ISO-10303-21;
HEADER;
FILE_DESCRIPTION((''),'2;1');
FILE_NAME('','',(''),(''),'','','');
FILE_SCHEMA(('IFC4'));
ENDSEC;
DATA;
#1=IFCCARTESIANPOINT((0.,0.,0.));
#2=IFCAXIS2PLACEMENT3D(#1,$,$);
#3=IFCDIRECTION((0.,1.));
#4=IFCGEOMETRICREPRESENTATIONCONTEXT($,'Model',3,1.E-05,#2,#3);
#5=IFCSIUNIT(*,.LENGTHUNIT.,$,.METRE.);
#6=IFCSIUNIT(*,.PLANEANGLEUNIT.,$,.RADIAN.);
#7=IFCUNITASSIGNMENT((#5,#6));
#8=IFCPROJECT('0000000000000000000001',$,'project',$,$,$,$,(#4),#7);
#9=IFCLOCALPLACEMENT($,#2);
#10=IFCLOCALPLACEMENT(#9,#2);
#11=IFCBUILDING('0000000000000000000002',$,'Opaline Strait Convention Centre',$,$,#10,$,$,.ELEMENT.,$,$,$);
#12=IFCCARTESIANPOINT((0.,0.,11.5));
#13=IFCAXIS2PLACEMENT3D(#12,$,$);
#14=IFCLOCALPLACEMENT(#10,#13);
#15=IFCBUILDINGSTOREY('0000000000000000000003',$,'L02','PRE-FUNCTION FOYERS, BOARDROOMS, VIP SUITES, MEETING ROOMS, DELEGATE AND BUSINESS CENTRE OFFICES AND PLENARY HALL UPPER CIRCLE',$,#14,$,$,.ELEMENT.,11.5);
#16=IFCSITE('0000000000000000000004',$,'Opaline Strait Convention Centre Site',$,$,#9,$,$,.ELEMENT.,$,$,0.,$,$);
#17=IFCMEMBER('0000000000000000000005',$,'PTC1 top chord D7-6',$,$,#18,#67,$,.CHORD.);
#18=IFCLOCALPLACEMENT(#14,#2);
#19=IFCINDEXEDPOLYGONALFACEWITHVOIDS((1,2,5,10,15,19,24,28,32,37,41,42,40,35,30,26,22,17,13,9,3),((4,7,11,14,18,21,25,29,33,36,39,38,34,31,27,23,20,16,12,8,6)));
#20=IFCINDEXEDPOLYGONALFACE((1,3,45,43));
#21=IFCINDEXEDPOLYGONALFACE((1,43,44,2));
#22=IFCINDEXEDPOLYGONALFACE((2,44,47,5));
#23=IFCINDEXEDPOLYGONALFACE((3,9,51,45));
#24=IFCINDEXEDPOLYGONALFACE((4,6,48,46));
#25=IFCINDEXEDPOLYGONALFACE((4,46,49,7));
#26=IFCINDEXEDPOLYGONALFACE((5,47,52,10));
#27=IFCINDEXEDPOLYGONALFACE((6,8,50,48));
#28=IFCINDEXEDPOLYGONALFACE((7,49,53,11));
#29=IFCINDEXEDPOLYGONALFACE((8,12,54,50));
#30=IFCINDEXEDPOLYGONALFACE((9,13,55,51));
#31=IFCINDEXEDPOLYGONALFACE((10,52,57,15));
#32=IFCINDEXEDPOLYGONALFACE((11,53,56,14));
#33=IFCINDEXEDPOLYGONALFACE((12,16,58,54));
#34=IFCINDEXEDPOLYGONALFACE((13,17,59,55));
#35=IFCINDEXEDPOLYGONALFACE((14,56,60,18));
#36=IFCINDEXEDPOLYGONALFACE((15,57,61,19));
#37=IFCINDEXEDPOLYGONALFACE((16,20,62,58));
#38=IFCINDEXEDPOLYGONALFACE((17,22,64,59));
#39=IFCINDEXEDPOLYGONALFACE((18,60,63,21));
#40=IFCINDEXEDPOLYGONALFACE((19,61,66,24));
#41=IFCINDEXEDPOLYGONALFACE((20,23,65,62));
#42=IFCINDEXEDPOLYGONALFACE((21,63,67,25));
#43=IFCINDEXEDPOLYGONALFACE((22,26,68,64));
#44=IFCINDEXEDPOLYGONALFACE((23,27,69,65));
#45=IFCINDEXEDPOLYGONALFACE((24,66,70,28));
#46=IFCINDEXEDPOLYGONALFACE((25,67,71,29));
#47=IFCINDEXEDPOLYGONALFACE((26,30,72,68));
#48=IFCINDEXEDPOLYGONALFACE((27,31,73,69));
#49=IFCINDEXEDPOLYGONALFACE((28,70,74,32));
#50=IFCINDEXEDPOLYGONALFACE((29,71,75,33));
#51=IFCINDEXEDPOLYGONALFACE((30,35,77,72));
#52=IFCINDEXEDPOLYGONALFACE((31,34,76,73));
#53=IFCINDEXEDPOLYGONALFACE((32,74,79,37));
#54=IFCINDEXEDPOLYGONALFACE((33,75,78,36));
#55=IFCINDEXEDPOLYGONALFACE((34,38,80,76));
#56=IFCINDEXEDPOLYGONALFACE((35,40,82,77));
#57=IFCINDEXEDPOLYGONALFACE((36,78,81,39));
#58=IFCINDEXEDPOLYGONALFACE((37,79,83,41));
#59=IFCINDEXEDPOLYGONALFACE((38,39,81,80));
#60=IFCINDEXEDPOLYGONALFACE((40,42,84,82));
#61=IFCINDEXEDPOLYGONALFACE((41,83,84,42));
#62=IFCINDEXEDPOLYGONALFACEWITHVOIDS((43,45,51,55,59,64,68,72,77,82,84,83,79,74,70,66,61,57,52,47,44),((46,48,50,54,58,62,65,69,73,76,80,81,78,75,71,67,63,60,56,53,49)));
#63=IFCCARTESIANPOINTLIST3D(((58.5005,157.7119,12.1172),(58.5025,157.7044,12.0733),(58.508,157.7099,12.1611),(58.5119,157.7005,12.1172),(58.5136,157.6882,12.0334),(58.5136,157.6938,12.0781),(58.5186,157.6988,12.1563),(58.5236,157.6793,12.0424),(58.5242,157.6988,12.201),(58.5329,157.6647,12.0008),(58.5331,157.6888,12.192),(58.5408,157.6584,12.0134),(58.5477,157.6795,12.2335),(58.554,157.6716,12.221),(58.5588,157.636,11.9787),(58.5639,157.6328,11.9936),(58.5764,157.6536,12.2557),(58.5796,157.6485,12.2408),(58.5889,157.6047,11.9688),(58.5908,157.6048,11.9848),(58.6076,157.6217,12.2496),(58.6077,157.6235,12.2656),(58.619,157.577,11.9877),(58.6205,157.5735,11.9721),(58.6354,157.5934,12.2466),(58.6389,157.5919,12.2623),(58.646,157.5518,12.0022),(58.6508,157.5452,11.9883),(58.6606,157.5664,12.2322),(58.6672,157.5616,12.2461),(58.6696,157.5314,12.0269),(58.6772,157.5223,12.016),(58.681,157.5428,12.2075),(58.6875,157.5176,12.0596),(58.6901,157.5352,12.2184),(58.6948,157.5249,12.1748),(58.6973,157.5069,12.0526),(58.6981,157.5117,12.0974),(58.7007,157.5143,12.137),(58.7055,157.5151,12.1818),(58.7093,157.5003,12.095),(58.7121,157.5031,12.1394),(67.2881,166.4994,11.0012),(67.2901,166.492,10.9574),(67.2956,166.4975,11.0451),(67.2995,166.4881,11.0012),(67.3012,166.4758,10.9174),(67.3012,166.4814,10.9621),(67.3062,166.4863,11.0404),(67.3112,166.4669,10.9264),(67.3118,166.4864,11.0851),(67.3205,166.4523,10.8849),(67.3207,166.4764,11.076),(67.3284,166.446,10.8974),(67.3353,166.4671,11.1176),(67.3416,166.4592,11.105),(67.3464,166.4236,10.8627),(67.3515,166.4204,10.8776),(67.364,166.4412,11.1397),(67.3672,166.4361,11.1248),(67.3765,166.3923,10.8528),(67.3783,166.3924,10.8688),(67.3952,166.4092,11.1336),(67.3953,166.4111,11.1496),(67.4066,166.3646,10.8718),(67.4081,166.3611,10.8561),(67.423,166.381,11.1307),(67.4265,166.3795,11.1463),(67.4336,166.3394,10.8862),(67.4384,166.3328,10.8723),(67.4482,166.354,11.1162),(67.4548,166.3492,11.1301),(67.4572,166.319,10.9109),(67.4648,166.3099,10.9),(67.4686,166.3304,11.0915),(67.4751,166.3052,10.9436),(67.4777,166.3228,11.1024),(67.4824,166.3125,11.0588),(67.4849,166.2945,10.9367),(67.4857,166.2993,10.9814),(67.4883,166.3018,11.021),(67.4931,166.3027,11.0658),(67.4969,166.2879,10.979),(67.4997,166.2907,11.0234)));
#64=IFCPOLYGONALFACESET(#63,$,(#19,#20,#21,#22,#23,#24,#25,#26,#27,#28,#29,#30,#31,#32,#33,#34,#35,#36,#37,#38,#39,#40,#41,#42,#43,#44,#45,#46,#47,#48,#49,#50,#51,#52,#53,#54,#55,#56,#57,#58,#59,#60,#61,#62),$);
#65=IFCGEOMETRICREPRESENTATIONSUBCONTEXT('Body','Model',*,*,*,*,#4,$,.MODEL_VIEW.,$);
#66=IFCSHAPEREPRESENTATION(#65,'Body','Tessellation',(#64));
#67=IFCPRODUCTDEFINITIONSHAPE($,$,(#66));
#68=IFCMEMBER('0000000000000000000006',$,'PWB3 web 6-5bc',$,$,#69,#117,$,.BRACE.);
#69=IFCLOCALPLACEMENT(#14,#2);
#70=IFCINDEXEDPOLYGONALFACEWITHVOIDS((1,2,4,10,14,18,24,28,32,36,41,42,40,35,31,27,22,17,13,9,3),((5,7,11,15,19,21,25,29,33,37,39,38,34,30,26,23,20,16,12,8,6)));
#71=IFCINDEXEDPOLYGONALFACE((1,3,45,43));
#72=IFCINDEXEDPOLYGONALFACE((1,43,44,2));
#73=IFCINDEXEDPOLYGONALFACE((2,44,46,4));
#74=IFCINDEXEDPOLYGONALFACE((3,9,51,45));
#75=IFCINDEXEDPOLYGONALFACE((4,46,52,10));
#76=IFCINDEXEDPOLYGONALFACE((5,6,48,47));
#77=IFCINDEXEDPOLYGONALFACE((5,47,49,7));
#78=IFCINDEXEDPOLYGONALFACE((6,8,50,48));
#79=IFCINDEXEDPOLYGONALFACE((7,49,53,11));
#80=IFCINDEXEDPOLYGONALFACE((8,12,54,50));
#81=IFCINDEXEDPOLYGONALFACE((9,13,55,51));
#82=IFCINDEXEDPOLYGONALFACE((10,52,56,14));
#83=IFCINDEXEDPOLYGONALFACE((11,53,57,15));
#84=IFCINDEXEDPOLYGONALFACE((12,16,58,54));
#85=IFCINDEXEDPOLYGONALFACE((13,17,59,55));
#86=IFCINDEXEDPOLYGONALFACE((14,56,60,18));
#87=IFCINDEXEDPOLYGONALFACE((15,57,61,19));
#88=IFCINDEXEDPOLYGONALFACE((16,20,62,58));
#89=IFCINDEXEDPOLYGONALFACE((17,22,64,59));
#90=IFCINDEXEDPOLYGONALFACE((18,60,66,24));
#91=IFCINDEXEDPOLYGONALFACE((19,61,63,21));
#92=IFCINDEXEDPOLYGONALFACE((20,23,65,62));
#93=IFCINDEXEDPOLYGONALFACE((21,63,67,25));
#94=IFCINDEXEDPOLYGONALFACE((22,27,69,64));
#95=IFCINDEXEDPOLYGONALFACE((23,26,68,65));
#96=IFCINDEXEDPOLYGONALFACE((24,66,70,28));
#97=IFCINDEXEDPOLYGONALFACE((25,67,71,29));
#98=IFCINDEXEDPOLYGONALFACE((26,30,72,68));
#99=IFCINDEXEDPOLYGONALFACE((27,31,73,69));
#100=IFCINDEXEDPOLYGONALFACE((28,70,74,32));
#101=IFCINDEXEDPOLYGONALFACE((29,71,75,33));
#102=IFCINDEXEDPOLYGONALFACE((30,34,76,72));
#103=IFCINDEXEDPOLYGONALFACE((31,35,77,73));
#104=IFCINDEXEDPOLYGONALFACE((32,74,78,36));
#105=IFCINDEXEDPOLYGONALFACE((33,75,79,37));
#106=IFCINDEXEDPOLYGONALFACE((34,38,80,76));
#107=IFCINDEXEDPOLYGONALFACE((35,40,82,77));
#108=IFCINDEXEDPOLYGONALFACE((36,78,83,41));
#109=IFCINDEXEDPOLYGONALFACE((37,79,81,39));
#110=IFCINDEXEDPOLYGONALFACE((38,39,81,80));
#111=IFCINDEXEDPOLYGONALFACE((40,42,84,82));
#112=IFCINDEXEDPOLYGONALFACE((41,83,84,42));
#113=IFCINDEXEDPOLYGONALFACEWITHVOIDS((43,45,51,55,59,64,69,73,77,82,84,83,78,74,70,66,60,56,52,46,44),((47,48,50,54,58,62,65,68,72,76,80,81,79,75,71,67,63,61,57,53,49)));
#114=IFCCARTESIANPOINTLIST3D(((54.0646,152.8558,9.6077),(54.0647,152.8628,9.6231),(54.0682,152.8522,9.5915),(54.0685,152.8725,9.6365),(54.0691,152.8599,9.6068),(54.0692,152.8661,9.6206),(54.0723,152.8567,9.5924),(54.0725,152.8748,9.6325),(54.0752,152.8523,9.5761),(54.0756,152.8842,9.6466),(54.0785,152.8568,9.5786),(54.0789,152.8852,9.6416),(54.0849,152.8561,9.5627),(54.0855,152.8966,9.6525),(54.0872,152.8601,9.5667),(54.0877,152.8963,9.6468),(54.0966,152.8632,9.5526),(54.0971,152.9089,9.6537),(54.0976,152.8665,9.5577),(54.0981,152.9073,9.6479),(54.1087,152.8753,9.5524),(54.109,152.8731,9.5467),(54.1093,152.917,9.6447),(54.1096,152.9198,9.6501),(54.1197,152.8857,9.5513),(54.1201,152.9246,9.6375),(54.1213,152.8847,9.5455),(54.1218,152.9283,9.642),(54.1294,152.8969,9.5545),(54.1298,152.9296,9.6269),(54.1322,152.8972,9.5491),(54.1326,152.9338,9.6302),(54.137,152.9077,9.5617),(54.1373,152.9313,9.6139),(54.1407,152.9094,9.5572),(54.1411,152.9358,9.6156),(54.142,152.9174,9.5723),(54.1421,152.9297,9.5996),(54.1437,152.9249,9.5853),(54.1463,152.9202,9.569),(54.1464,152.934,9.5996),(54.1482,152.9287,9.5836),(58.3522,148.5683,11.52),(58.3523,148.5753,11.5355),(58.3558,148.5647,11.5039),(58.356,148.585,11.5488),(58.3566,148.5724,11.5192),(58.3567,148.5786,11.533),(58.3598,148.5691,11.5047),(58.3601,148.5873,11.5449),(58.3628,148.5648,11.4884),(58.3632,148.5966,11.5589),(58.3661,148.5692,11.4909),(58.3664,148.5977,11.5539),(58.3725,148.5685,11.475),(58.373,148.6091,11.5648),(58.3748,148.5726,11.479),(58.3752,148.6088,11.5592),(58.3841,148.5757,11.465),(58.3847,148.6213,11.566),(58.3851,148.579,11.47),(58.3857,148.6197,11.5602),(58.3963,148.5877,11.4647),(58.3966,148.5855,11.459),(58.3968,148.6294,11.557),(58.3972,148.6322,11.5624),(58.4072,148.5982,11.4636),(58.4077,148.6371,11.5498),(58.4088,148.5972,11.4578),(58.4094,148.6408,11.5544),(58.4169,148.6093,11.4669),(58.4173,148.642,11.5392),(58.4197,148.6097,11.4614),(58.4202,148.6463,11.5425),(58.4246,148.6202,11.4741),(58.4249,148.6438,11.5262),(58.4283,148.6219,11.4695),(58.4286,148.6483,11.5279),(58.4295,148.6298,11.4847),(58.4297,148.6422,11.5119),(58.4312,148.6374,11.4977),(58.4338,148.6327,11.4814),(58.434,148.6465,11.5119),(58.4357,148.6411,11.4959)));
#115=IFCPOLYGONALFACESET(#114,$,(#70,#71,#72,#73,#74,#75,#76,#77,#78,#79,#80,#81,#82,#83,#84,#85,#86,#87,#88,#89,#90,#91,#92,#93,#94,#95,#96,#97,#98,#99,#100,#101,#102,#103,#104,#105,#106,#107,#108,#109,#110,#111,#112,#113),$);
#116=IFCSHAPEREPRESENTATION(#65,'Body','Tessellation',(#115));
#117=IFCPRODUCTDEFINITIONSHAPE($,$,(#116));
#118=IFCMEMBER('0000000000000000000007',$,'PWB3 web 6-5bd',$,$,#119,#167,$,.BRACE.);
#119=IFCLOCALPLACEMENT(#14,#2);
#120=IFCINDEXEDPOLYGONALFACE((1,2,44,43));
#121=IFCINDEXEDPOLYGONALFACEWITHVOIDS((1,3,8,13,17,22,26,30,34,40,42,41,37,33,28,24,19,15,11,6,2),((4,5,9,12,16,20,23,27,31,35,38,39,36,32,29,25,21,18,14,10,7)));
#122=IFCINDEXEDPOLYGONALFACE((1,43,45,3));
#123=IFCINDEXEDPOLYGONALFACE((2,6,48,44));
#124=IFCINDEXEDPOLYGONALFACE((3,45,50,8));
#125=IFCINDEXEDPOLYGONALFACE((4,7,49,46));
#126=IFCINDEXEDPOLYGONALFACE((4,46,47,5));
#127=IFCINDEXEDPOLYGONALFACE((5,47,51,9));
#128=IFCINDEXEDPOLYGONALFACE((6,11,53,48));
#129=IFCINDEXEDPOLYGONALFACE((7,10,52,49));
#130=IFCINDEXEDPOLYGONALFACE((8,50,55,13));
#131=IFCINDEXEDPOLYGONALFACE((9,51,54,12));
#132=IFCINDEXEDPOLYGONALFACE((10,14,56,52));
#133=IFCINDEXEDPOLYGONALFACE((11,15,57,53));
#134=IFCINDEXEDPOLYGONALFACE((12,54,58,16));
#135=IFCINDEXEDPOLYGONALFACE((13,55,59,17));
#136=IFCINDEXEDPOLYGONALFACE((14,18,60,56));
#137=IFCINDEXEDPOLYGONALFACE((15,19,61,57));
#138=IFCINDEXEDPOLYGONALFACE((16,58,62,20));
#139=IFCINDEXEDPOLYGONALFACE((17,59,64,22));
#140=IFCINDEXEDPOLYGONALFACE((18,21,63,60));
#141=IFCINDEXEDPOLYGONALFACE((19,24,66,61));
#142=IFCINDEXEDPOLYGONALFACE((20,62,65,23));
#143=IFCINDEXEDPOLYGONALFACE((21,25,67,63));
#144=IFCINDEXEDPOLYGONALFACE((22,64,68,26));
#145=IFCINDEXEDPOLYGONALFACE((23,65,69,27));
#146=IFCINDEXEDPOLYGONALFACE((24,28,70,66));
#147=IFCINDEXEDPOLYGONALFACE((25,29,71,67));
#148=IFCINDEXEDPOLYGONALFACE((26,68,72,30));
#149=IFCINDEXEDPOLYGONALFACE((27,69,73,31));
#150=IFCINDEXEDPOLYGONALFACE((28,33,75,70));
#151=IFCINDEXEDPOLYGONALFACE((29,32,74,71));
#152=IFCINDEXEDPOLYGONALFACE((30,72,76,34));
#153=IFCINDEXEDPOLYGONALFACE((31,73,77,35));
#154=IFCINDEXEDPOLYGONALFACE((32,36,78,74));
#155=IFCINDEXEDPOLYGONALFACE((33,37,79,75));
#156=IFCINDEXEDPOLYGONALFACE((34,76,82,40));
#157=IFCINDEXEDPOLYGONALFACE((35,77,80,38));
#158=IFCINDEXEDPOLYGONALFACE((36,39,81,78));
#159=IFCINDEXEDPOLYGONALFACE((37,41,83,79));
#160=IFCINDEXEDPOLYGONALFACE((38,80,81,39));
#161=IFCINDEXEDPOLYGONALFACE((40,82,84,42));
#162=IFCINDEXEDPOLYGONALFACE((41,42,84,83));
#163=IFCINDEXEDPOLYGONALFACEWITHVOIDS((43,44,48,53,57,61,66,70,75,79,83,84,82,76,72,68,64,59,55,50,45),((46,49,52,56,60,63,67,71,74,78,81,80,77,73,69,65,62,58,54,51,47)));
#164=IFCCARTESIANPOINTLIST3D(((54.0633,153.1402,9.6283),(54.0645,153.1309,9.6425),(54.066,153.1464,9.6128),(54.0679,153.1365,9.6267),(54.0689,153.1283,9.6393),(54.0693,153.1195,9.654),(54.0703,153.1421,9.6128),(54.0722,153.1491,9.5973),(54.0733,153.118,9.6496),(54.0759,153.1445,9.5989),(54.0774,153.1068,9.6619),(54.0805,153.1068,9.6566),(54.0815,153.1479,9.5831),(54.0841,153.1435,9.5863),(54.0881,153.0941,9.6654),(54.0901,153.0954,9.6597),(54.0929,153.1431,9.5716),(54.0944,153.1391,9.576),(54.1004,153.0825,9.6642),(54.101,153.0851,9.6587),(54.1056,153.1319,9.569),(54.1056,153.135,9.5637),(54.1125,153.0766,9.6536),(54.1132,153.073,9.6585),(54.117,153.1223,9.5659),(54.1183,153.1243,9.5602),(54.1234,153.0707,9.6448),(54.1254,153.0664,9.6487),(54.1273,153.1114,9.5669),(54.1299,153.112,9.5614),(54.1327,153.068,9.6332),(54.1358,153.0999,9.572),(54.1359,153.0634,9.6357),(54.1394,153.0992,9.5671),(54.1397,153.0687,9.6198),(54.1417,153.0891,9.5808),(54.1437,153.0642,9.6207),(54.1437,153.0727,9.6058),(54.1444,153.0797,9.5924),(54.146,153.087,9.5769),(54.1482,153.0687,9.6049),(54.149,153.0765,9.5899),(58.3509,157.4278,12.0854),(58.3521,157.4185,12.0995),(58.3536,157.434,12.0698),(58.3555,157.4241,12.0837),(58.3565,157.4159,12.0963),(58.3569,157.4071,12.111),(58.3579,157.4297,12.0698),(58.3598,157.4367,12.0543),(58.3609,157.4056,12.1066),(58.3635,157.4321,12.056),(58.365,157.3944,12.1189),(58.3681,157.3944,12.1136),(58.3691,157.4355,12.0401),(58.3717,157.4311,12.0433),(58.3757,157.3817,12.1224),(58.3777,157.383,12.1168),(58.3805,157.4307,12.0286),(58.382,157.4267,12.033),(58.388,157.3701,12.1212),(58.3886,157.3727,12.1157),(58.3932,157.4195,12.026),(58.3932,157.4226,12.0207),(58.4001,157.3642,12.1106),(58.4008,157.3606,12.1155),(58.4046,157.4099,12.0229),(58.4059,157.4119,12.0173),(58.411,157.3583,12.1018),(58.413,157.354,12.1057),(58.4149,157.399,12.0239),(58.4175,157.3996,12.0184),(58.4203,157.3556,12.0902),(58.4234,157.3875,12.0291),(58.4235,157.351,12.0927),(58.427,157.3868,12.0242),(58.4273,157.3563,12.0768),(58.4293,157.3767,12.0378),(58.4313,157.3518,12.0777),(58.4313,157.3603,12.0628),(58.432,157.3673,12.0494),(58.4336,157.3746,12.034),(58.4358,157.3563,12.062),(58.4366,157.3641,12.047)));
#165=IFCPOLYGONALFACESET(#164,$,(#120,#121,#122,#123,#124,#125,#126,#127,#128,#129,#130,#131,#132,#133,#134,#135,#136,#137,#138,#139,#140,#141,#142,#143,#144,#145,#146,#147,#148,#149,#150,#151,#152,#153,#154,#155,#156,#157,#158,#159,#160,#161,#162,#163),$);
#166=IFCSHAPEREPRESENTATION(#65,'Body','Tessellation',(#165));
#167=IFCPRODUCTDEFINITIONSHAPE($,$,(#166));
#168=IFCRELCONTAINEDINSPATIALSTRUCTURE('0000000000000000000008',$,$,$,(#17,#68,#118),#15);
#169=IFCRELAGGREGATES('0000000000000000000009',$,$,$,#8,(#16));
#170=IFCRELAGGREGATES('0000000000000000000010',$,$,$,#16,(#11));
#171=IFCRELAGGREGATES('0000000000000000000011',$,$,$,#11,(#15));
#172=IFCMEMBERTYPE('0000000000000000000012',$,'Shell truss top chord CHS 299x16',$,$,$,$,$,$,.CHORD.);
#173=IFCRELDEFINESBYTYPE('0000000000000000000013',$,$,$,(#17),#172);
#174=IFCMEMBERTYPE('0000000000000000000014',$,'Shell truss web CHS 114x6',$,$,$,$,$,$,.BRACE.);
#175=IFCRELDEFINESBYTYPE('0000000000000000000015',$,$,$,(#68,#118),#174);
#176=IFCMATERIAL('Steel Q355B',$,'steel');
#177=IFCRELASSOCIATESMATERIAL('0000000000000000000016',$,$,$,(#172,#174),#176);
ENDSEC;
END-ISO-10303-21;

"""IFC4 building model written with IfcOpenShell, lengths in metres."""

from ifc_helpers import new_model, si_unit, direction, frame, origin, origin_2d, place, context, subcontext, project, spatial, hollow_circle, extrude, material, material_profile, profile_set, type_object, element, save


model = new_model("IFC4")

# Units and contexts
model_context = context("Model", 3, precision=1e-05, world=origin(), true_north=direction((0.0, 1.0)))
body_context = subcontext(model_context, "Body", "Model", "MODEL_VIEW")
ifc_project = project(units=[si_unit("LENGTHUNIT", "METRE"), si_unit("PLANEANGLEUNIT", "RADIAN")], contexts=[model_context])

# Site, building, storey
site_placement = place(None, origin())
site = spatial("IfcSite", under=ifc_project, at=site_placement, Name="Opaline Strait Convention Centre Site", CompositionType="ELEMENT", RefElevation=0.0)
building_placement = place(site_placement, origin())
building = spatial("IfcBuilding", under=site, at=building_placement, Name="Opaline Strait Convention Centre", CompositionType="ELEMENT")
storey_placement = place(building_placement, frame((0.0, 0.0, 11.5)))
storey = spatial("IfcBuildingStorey", under=building, at=storey_placement, Name="L02", Description="PRE-FUNCTION FOYERS, BOARDROOMS, VIP SUITES, MEETING ROOMS, DELEGATE AND BUSINESS CENTRE OFFICES AND PLENARY HALL UPPER CIRCLE", CompositionType="ELEMENT", Elevation=11.5)

# Members
ifc_material_1 = material(Name="Steel Q355B", Category="steel")
ifc_material_profile_1 = material_profile(ifc_material_1, hollow_circle(Radius=0.1494, WallThickness=0.0161, at=origin_2d()), Name="CHS 299x16")
ifc_profile_set_1 = profile_set([ifc_material_profile_1], Name="Steel Q355B")
member_type_1 = type_object("IfcMemberType", Name="Shell truss top chord CHS 299x16", PredefinedType="CHORD", material=ifc_profile_set_1)
member_1_placement = place(storey_placement, frame((58.6062, 157.6062, 12.1172), z_axis=(0.704273, 0.704273, -0.089438), x_axis=(-0.707107, 0.707107, 0.0)))
element("IfcMember", 1, at=member_1_placement, inside=storey, type_object=member_type_1, Name="PTC1 top chord D7-6", PredefinedType="CHORD", context=body_context, shape_type="SweptSolid", body=[
    extrude(hollow_circle(Radius=0.1494, WallThickness=0.0161, at=origin_2d()), origin(), (0.0, 0.0, 1.0), 12.4775),
])
ifc_material_profile_2 = material_profile(ifc_material_1, hollow_circle(Radius=0.0569, WallThickness=0.0061, at=origin_2d()), Name="CHS 114x6")
ifc_profile_set_2 = profile_set([ifc_material_profile_2], Name="Steel Q355B")
member_type_2 = type_object("IfcMemberType", Name="Shell truss web CHS 114x6", PredefinedType="BRACE", material=ifc_profile_set_2)
member_2_placement = place(storey_placement, frame((54.1062, 152.8938, 9.5996), z_axis=(0.674363, -0.674363, 0.300779), x_axis=(0.707107, 0.707107, 0.0)))
element("IfcMember", 2, at=member_2_placement, inside=storey, type_object=member_type_2, Name="PWB3 web 6-5bc", PredefinedType="BRACE", context=body_context, shape_type="SweptSolid", body=[
    extrude(hollow_circle(Radius=0.0569, WallThickness=0.0061, at=origin_2d()), origin(), (0.0, 0.0, 1.0), 6.3579),
])
member_3_placement = place(storey_placement, frame((54.1062, 153.1062, 9.6128), z_axis=(0.655348, 0.655348, 0.375551), x_axis=(-0.707107, 0.707107, 0.0)))
element("IfcMember", 3, at=member_3_placement, inside=storey, type_object=member_type_2, Name="PWB3 web 6-5bd", PredefinedType="BRACE", context=body_context, shape_type="SweptSolid", body=[
    extrude(hollow_circle(Radius=0.0569, WallThickness=0.0061, at=origin_2d()), origin(), (0.0, 0.0, 1.0), 6.5425),
])

save(model, "model.ifc")
